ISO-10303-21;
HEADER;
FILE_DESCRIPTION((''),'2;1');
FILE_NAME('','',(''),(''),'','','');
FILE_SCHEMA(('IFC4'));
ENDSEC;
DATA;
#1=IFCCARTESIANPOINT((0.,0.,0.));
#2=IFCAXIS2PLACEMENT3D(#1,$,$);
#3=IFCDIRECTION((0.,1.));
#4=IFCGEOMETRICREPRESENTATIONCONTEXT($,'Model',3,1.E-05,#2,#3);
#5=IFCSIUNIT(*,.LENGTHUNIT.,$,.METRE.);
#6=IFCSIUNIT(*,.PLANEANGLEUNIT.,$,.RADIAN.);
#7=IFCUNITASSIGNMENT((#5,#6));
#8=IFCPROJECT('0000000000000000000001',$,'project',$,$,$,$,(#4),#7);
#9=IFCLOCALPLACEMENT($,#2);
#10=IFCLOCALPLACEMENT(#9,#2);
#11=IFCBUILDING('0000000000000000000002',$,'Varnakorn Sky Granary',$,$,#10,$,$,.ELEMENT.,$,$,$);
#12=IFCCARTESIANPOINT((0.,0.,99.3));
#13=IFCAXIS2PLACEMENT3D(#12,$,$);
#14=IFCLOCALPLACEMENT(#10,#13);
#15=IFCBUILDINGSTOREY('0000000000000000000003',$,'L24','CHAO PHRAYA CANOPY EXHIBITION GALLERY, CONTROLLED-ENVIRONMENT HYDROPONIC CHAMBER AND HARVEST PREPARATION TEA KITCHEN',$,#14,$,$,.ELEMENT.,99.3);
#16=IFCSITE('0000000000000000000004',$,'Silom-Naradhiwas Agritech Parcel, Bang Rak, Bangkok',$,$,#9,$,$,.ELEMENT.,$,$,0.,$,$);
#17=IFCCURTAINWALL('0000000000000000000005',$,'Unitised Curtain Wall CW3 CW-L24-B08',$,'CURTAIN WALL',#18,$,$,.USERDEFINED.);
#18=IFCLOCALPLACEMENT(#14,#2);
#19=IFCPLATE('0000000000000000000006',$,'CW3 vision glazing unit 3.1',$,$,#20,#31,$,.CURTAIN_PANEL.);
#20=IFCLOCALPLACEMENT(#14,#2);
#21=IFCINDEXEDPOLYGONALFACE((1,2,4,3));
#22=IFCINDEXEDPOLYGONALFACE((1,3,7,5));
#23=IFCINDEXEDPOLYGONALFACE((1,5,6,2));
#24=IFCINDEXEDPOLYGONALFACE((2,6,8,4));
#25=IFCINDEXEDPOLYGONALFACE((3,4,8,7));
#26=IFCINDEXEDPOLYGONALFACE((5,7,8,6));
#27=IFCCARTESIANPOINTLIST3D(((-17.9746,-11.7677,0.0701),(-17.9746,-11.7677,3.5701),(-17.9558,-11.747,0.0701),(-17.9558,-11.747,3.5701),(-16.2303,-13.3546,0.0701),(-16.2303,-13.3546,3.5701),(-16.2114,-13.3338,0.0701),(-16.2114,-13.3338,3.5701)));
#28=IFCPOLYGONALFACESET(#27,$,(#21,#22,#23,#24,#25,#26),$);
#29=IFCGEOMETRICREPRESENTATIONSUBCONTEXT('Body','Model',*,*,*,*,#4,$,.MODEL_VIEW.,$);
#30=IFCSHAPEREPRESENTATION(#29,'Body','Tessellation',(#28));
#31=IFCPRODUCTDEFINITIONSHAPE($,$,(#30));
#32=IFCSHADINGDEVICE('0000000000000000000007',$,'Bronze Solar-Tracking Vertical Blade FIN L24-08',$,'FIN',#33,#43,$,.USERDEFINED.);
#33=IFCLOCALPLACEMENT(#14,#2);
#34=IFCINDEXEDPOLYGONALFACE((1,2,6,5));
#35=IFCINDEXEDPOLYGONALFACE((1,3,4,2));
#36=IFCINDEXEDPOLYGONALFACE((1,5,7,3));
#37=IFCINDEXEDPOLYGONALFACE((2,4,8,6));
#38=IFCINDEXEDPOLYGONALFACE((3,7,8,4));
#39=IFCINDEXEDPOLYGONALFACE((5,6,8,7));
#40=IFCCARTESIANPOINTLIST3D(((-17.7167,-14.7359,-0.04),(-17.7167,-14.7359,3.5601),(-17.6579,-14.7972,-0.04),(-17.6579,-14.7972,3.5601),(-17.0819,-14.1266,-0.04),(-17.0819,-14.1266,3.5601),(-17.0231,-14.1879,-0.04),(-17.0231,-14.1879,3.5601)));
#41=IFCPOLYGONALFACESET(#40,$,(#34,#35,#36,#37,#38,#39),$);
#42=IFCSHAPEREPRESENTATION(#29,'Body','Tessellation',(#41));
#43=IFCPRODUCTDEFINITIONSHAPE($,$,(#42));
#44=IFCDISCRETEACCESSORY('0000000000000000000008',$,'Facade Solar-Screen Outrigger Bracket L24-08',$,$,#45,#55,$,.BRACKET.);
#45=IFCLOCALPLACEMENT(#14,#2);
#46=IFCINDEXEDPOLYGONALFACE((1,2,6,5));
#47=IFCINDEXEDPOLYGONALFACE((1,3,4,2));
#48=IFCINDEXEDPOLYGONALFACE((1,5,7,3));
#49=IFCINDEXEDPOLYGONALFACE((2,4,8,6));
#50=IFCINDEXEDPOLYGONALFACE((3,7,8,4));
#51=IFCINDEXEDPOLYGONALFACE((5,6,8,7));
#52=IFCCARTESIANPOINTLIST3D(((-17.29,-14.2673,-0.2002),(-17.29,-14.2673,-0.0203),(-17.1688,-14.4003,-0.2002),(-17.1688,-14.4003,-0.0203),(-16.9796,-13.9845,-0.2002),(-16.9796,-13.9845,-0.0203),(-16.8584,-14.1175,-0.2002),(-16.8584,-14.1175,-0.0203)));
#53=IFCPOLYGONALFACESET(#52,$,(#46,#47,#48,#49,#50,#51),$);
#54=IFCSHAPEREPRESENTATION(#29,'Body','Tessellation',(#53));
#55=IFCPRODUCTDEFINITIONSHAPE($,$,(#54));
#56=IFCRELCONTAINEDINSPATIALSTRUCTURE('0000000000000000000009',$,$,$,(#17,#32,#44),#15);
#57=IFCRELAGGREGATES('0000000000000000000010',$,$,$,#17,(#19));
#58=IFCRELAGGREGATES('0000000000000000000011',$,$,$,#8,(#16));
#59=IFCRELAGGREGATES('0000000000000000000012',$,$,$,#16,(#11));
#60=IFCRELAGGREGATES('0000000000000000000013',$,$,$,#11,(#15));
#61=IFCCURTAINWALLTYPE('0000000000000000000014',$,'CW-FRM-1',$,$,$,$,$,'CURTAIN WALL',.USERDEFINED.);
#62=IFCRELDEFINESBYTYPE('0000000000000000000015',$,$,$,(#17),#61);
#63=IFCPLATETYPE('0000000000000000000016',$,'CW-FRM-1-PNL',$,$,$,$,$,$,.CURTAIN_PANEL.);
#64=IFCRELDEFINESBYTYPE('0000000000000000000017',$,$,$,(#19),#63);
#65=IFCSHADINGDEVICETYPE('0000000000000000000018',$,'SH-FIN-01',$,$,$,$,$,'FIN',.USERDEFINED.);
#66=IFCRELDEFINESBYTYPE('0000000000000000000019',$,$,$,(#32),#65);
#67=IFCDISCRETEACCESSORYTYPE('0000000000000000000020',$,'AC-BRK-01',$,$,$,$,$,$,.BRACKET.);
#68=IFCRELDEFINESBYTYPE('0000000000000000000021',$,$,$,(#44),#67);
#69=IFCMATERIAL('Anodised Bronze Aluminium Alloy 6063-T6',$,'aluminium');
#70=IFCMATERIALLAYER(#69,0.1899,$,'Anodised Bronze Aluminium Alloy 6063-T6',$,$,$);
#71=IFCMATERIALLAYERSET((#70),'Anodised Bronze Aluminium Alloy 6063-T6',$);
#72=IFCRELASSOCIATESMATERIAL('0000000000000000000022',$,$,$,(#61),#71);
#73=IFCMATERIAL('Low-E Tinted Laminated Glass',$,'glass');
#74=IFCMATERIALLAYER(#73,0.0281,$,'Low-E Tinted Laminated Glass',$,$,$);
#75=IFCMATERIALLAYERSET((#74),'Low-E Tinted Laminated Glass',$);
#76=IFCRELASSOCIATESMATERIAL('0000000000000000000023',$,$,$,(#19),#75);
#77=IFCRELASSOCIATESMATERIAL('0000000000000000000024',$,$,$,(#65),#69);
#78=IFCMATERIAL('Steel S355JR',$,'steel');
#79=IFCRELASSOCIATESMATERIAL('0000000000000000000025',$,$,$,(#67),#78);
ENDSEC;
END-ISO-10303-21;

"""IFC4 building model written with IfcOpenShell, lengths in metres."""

from ifc_helpers import new_model, si_unit, direction, frame, origin, origin_2d, place, context, subcontext, project, spatial, rectangle, extrude, source, transform, mapped, material, layer, layer_set, type_object, type_shapes, element, aggregate, save


model = new_model("IFC4")

# Units and contexts
model_context = context("Model", 3, precision=1e-05, world=origin(), true_north=direction((0.0, 1.0)))
body_context = subcontext(model_context, "Body", "Model", "MODEL_VIEW")
ifc_project = project(units=[si_unit("LENGTHUNIT", "METRE"), si_unit("PLANEANGLEUNIT", "RADIAN")], contexts=[model_context])

# Site, building, storey
site_placement = place(None, origin())
site = spatial("IfcSite", under=ifc_project, at=site_placement, Name="Silom-Naradhiwas Agritech Parcel, Bang Rak, Bangkok", CompositionType="ELEMENT", RefElevation=0.0)
building_placement = place(site_placement, origin())
building = spatial("IfcBuilding", under=site, at=building_placement, Name="Varnakorn Sky Granary", CompositionType="ELEMENT")
storey_placement = place(building_placement, frame((0.0, 0.0, 99.3)))
storey = spatial("IfcBuildingStorey", under=building, at=storey_placement, Name="L24", Description="CHAO PHRAYA CANOPY EXHIBITION GALLERY, CONTROLLED-ENVIRONMENT HYDROPONIC CHAMBER AND HARVEST PREPARATION TEA KITCHEN", CompositionType="ELEMENT", Elevation=99.3)

# Shared definitions
ifc_material_1 = material(Name="Steel S355JR", Category="steel")

# Shared definitions
ifc_material_2 = material(Name="Anodised Bronze Aluminium Alloy 6063-T6", Category="aluminium")
ifc_layer_1 = layer(ifc_material_2, 0.1899, Name="Anodised Bronze Aluminium Alloy 6063-T6")
ifc_layer_set_1 = layer_set([ifc_layer_1], Name="Anodised Bronze Aluminium Alloy 6063-T6")
curtain_wall_type = type_object("IfcCurtainWallType", Name="CW-FRM-1", ElementType="CURTAIN WALL", PredefinedType="USERDEFINED", material=ifc_layer_set_1)

# Curtain wall
curtain_wall_1_placement = place(storey_placement, origin())
curtain_wall_1 = element("IfcCurtainWall", 1, at=curtain_wall_1_placement, inside=storey, type_object=curtain_wall_type, Name="Unitised Curtain Wall CW3 CW-L24-B08", ObjectType="CURTAIN WALL", PredefinedType="USERDEFINED")

# Plate
plate_type = type_object("IfcPlateType", Name="CW-FRM-1-PNL", PredefinedType="CURTAIN_PANEL")
ifc_material_3 = material(Name="Low-E Tinted Laminated Glass", Category="glass")
ifc_layer_2 = layer(ifc_material_3, 0.0281, Name="Low-E Tinted Laminated Glass")
ifc_layer_set_2 = layer_set([ifc_layer_2], Name="Low-E Tinted Laminated Glass")
shared_shape_1 = source(origin(), body_context, "Body", "SweptSolid", [
    extrude(rectangle(XDim=2.3582, YDim=0.0281, at=origin_2d()), origin(), (0.0, 0.0, 1.0), 3.5),
])
plate_1_placement = place(storey_placement, frame((-17.093, -12.5508, 0.0701), z_axis=(0.0, 0.0, 1.0), x_axis=(-0.739716, 0.672919, 0.0)))
plate_1 = element("IfcPlate", 2, at=plate_1_placement, type_object=plate_type, material=ifc_layer_set_2, Name="CW3 vision glazing unit 3.1", PredefinedType="CURTAIN_PANEL", context=body_context, shape_type="MappedRepresentation", body=[
    mapped(shared_shape_1, transform((0.0, 0.0, 0.0), x_axis=(1.0, 0.0, 0.0), y_axis=(0.0, 1.0, 0.0), z_axis=(0.0, 0.0, 1.0), scale=1.0)),
])
aggregate(curtain_wall_1, [plate_1])

# Shading device
shading_device_type = type_object("IfcShadingDeviceType", Name="SH-FIN-01", ElementType="FIN", PredefinedType="USERDEFINED", material=ifc_material_2)
shared_shape_2 = source(origin(), body_context, "Body", "SweptSolid", [
    extrude(rectangle(XDim=0.085, YDim=0.8799, at=origin_2d()), origin(), (0.0, 0.0, 1.0), 3.6001),
])
type_shapes(shading_device_type, [shared_shape_2])
shading_device_placement = place(storey_placement, frame((-17.3699, -14.4619, -0.04), z_axis=(0.0, 0.0, 1.0), x_axis=(0.692452, -0.721464, 0.0)))
element("IfcShadingDevice", 3, at=shading_device_placement, inside=storey, type_object=shading_device_type, Name="Bronze Solar-Tracking Vertical Blade FIN L24-08", ObjectType="FIN", PredefinedType="USERDEFINED", context=body_context, shape_type="MappedRepresentation", body=[
    mapped(shared_shape_2, transform((0.0, 0.0, 0.0), x_axis=(1.0, 0.0, 0.0), y_axis=(0.0, 1.0, 0.0), z_axis=(0.0, 0.0, 1.0), scale=1.0)),
])

# Discrete accessory
discrete_accessory_type = type_object("IfcDiscreteAccessoryType", Name="AC-BRK-01", PredefinedType="BRACKET", material=ifc_material_1)
shared_shape_3 = source(origin(), body_context, "Body", "SweptSolid", [
    extrude(rectangle(XDim=0.1799, YDim=0.4199, at=origin_2d()), origin(), (0.0, 0.0, 1.0), 0.1799),
])
type_shapes(discrete_accessory_type, [shared_shape_3])
discrete_accessory_placement = place(storey_placement, frame((-17.0742, -14.1924, -0.2002), z_axis=(0.0, 0.0, 1.0), x_axis=(0.673558, -0.739135, 0.0)))
element("IfcDiscreteAccessory", 4, at=discrete_accessory_placement, inside=storey, type_object=discrete_accessory_type, Name="Facade Solar-Screen Outrigger Bracket L24-08", PredefinedType="BRACKET", context=body_context, shape_type="MappedRepresentation", body=[
    mapped(shared_shape_3, transform((0.0, 0.0, 0.0), x_axis=(1.0, 0.0, 0.0), y_axis=(0.0, 1.0, 0.0), z_axis=(0.0, 0.0, 1.0), scale=1.0)),
])

save(model, "model.ifc")
